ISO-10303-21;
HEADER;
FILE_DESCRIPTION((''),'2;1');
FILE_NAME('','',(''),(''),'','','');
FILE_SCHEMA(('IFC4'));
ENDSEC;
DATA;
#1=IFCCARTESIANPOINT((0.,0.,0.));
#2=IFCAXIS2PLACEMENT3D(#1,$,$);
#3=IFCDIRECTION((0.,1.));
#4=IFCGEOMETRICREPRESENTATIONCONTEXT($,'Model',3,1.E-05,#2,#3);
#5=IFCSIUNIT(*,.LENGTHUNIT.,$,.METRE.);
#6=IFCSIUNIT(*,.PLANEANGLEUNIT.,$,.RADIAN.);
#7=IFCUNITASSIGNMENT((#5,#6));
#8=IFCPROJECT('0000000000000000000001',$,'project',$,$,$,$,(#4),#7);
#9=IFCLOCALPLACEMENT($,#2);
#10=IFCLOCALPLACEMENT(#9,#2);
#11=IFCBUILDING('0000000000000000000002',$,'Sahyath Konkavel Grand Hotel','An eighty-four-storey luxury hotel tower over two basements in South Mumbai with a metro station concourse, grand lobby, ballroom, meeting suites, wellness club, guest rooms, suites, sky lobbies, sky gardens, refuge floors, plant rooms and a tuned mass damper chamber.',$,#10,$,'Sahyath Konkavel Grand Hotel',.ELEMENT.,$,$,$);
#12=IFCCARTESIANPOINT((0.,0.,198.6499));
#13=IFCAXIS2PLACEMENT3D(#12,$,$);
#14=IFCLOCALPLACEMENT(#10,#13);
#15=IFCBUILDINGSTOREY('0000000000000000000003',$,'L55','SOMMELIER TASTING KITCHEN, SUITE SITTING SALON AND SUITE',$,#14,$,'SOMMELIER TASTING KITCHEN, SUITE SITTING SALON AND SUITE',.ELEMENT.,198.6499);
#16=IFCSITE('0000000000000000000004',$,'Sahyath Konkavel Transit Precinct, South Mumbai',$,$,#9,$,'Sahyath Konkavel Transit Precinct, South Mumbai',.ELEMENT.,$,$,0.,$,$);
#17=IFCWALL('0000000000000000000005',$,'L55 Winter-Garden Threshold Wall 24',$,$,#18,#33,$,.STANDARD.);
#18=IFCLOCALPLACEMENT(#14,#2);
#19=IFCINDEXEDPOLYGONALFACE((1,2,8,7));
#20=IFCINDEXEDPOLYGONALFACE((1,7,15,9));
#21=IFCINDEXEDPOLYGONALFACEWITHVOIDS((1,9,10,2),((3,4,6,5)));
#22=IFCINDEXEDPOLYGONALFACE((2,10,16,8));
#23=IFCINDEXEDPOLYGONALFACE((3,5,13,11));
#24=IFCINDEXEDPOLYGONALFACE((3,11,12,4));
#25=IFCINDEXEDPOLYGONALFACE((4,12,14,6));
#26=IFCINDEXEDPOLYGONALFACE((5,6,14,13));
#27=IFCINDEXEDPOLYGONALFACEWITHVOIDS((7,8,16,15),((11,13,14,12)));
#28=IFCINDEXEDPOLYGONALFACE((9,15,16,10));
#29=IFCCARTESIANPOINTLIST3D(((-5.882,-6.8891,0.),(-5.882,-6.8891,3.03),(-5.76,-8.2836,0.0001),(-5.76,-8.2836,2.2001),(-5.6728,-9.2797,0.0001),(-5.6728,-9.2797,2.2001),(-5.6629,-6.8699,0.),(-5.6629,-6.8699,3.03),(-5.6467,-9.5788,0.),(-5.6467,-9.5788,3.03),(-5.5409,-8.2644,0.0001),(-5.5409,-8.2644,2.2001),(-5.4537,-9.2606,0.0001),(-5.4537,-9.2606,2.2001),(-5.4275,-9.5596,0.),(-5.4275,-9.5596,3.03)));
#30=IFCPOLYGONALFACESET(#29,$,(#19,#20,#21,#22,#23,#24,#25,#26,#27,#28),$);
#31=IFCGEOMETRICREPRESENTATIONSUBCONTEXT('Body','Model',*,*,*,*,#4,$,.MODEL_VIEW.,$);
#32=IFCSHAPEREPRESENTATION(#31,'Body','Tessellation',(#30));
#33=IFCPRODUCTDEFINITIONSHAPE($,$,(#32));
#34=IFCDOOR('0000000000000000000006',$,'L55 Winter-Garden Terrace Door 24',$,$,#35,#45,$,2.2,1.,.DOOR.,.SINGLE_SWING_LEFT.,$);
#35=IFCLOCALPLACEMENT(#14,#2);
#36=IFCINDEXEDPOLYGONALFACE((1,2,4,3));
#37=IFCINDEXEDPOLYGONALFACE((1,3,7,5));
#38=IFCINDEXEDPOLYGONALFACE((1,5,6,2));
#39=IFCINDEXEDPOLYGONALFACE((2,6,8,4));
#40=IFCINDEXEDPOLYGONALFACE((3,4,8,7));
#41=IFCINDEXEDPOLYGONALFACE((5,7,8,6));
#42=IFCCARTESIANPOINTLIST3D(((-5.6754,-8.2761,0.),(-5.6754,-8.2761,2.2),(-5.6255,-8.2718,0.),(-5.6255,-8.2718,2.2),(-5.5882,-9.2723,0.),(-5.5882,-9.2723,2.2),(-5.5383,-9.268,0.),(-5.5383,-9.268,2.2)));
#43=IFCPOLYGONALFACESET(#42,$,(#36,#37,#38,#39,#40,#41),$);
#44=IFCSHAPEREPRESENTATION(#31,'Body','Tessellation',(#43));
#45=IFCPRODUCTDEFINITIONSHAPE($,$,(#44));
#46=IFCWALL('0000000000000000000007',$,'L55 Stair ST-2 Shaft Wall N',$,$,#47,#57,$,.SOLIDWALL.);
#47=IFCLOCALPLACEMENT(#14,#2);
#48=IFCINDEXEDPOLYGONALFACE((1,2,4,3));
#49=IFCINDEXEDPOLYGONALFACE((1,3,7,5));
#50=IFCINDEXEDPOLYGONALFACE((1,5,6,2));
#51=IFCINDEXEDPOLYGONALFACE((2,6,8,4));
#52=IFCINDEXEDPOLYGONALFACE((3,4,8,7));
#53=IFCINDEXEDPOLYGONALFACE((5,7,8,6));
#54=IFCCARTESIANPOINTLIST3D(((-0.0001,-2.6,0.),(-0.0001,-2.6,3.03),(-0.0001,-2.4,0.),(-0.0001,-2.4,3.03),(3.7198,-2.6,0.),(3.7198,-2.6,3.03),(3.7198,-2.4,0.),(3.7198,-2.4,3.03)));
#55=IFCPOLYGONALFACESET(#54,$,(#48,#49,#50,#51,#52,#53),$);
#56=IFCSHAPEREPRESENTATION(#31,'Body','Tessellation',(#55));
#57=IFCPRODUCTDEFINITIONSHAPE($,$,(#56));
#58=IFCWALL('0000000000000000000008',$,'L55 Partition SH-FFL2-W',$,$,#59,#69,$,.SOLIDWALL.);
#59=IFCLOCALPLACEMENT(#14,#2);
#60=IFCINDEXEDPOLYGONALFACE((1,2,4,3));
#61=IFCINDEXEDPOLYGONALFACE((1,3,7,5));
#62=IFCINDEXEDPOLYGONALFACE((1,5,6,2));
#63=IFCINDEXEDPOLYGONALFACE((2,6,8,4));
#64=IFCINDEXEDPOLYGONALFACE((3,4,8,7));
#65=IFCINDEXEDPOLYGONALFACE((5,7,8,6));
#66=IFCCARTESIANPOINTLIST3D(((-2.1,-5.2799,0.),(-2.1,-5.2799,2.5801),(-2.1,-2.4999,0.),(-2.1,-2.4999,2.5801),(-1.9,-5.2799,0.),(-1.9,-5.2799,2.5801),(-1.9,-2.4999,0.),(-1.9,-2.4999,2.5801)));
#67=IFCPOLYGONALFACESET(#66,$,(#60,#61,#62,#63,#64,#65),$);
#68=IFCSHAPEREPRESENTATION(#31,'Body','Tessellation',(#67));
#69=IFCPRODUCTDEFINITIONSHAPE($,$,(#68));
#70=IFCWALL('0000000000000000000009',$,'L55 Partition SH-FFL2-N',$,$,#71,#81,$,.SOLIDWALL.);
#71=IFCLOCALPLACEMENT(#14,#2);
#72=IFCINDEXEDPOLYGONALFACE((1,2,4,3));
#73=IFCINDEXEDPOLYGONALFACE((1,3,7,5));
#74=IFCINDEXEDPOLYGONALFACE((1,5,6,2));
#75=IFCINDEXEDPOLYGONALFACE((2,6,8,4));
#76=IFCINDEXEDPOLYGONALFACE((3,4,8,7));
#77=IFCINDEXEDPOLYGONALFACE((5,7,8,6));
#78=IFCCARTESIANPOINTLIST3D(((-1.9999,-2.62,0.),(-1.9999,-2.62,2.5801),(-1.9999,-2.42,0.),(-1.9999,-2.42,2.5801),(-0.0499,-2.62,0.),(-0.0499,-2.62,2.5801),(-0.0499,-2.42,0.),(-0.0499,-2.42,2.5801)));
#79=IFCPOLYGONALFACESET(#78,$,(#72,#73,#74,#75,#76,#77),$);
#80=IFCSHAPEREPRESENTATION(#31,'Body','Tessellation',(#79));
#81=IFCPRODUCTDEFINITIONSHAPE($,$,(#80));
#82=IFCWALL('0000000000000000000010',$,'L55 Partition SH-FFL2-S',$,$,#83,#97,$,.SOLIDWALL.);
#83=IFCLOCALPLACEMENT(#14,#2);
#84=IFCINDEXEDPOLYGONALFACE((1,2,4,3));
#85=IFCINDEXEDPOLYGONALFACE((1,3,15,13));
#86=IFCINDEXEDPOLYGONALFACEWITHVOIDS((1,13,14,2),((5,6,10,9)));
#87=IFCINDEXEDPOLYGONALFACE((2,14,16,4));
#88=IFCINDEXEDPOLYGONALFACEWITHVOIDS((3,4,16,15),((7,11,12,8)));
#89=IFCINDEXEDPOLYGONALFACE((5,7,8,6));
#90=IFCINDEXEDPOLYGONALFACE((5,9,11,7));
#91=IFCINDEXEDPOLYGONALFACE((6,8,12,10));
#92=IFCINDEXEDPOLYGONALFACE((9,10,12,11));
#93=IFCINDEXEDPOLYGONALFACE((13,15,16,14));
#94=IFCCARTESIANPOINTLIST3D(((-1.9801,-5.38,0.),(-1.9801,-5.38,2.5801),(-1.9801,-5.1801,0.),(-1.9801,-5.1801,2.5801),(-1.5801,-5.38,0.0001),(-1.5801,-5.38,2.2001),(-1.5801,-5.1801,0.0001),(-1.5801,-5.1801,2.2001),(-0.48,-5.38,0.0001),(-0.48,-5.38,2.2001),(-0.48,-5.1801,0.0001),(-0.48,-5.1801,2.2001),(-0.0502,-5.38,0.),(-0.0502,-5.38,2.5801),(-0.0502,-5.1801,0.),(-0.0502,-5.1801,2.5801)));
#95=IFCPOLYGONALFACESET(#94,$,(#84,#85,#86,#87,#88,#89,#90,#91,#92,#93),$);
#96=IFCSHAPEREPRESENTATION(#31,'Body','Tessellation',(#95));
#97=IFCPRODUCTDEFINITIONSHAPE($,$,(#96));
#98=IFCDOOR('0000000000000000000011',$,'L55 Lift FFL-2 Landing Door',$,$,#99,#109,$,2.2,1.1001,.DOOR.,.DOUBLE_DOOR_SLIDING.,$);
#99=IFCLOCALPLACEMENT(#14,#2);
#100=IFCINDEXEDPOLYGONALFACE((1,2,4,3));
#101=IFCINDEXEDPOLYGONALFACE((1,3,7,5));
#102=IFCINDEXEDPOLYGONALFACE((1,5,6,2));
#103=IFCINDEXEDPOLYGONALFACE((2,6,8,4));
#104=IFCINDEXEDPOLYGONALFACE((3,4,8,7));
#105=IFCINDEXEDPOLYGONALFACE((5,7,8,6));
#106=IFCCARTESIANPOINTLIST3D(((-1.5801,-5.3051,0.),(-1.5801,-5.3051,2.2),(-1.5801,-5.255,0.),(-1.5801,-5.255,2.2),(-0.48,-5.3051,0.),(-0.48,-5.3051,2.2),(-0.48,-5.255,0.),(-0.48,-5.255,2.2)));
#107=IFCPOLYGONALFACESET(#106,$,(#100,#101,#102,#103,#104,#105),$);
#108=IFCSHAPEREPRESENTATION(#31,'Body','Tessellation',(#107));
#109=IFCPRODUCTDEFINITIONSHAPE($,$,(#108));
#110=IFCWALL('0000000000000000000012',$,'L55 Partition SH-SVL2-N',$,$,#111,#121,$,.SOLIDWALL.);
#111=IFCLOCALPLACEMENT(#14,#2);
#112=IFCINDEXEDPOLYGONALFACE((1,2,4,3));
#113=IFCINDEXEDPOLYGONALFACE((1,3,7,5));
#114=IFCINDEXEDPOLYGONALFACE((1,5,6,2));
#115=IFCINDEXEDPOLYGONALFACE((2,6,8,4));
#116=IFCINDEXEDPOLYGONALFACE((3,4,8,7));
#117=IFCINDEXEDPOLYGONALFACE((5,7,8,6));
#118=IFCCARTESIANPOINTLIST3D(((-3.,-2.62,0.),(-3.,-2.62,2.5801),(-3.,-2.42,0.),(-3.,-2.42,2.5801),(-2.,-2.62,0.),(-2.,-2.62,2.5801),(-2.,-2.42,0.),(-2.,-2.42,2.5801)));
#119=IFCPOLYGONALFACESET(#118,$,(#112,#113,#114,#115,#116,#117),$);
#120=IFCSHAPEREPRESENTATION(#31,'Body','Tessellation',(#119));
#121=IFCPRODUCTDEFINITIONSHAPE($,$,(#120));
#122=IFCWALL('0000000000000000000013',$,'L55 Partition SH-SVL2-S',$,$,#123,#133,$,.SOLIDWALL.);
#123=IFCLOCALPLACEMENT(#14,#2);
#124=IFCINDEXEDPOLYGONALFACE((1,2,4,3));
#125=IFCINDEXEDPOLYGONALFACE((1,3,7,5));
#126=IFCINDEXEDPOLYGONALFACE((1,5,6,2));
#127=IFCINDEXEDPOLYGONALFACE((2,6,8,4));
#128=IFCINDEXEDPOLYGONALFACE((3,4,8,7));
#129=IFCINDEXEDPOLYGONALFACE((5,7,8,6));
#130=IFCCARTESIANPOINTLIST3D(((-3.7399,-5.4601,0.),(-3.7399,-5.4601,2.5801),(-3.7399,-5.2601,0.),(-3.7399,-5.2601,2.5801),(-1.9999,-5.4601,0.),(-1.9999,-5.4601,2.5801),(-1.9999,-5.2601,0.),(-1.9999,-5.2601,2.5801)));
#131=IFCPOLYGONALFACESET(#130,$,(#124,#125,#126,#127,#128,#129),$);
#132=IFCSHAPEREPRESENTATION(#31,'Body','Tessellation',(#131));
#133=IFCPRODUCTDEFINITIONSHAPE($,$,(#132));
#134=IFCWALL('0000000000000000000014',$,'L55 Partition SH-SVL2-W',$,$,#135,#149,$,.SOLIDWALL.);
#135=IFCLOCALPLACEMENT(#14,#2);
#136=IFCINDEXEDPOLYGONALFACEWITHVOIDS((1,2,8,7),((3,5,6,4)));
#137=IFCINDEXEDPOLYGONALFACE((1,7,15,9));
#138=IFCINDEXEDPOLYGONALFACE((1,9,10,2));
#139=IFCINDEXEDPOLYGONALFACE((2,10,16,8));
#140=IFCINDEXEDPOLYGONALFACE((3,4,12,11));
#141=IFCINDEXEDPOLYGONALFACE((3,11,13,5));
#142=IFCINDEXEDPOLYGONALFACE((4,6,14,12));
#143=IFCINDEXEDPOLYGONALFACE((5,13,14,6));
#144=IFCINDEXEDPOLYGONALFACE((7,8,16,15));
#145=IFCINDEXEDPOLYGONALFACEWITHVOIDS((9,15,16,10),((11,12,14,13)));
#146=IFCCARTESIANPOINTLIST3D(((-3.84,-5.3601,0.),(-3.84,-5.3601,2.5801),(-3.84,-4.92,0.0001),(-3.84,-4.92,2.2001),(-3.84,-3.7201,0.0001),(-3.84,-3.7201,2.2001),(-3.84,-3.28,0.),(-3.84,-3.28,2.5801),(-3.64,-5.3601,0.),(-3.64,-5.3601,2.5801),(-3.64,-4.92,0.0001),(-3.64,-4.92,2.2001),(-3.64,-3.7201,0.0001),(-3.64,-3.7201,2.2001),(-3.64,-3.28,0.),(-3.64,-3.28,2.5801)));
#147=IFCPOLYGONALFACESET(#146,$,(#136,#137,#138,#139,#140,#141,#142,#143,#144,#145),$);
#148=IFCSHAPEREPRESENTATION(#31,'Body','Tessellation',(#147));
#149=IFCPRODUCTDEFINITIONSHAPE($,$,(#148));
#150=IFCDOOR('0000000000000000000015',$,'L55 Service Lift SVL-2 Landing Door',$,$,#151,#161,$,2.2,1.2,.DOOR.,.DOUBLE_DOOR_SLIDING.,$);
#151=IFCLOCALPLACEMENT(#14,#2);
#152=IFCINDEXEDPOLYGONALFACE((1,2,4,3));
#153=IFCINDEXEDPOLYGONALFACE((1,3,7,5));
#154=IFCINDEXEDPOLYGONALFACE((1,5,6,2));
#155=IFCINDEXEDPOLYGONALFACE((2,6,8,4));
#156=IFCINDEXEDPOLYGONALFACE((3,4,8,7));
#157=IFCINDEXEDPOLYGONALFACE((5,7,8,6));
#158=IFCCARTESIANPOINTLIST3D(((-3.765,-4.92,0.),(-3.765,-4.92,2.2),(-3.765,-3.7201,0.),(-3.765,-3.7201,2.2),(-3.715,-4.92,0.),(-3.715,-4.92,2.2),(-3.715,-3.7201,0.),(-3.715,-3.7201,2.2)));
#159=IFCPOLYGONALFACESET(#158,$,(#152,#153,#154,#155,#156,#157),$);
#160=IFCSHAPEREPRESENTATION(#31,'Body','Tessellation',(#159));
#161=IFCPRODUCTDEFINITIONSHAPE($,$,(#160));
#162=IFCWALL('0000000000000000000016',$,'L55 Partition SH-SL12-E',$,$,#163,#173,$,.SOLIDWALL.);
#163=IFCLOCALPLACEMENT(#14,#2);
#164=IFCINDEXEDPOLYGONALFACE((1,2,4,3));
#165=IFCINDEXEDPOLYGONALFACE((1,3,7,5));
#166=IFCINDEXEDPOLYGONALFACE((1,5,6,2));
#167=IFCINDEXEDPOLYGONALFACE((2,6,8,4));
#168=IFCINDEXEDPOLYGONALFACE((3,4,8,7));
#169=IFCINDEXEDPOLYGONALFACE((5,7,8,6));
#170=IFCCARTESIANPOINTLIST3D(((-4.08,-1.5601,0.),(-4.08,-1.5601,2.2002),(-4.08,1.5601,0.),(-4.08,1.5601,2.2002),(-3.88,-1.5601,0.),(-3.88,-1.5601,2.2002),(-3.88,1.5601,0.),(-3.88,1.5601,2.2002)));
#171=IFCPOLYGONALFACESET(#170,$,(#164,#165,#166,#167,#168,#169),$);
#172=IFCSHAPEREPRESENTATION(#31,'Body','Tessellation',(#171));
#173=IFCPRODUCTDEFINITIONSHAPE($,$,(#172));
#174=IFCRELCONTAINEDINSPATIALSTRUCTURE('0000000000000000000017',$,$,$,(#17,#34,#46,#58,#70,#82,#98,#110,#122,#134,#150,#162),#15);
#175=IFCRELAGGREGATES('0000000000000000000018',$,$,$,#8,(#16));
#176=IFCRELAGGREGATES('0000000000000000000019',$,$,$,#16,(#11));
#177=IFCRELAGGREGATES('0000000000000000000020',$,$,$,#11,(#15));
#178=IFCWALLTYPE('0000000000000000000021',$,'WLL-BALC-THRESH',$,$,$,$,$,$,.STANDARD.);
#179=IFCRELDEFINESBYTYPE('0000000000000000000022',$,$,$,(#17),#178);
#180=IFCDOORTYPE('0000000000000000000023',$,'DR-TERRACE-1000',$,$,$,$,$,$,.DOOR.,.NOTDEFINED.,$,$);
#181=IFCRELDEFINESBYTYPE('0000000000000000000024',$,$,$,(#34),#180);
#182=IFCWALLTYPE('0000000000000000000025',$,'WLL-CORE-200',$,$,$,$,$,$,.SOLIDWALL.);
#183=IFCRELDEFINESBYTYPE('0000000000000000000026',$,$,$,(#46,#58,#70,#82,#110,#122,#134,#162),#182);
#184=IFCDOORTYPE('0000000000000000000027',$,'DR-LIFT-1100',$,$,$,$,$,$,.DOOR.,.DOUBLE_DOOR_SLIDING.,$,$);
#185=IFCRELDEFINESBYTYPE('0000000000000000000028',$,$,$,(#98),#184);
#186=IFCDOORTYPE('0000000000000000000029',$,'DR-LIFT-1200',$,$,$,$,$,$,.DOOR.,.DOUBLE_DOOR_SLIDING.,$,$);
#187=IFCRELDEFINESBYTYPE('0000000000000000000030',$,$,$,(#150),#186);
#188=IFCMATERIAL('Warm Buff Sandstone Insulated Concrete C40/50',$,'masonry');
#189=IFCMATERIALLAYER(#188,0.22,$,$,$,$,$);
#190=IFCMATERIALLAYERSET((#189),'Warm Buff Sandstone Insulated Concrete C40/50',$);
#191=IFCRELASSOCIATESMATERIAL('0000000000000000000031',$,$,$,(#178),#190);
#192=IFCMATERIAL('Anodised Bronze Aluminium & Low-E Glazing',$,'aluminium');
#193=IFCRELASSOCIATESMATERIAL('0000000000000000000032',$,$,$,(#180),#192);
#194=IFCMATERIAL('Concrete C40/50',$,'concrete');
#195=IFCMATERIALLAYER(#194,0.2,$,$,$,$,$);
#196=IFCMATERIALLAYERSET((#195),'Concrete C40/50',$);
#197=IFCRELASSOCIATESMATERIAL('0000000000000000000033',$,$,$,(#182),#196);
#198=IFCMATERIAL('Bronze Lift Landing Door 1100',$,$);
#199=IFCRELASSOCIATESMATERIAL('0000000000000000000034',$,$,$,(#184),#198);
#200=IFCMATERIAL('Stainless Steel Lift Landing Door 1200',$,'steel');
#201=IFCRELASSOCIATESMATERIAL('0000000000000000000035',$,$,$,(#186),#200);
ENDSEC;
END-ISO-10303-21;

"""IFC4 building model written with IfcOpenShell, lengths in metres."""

from ifc_helpers import new_model, si_unit, direction, frame, frame_2d, origin, origin_2d, place, context, subcontext, project, spatial, rectangle, extrude, source, transform, mapped, material, layer, layer_set, type_object, element, fill, save


model = new_model("IFC4")

# Units and contexts
model_context = context("Model", 3, precision=1e-05, world=origin(), true_north=direction((0.0, 1.0)))
body_context = subcontext(model_context, "Body", "Model", "MODEL_VIEW")
ifc_project = project(units=[si_unit("LENGTHUNIT", "METRE"), si_unit("PLANEANGLEUNIT", "RADIAN")], contexts=[model_context])

# Site, building, storey
site_placement = place(None, origin())
site = spatial("IfcSite", under=ifc_project, at=site_placement, Name="Sahyath Konkavel Transit Precinct, South Mumbai", LongName="Sahyath Konkavel Transit Precinct, South Mumbai", CompositionType="ELEMENT", RefElevation=0.0)
building_placement = place(site_placement, origin())
building = spatial("IfcBuilding", under=site, at=building_placement, Name="Sahyath Konkavel Grand Hotel", Description="An eighty-four-storey luxury hotel tower over two basements in South Mumbai with a metro station concourse, grand lobby, ballroom, meeting suites, wellness club, guest rooms, suites, sky lobbies, sky gardens, refuge floors, plant rooms and a tuned mass damper chamber.", LongName="Sahyath Konkavel Grand Hotel", CompositionType="ELEMENT")
storey_placement = place(building_placement, frame((0.0, 0.0, 198.6499)))
storey = spatial("IfcBuildingStorey", under=building, at=storey_placement, Name="L55", Description="SOMMELIER TASTING KITCHEN, SUITE SITTING SALON AND SUITE", LongName="SOMMELIER TASTING KITCHEN, SUITE SITTING SALON AND SUITE", CompositionType="ELEMENT", Elevation=198.6499)

# Shared definitions
ifc_material_1 = material(Name="Concrete C40/50", Category="concrete")

# Wall, opening, door
ifc_material_2 = material(Name="Warm Buff Sandstone Insulated Concrete C40/50", Category="masonry")
ifc_layer_1 = layer(ifc_material_2, 0.22)
ifc_layer_set_1 = layer_set([ifc_layer_1], Name="Warm Buff Sandstone Insulated Concrete C40/50")
wall_type_1 = type_object("IfcWallType", Name="WLL-BALC-THRESH", PredefinedType="STANDARD", material=ifc_layer_set_1)
wall_1_placement = place(storey_placement, frame((-5.7725, -6.8794, 0.0), z_axis=(0.0, 0.0, 1.0), x_axis=(0.087168, -0.996194, 0.0)))
wall_1 = element("IfcWall", 1, at=wall_1_placement, inside=storey, type_object=wall_type_1, Name="L55 Winter-Garden Threshold Wall 24", PredefinedType="STANDARD", context=body_context, shape_type="SweptSolid", body=[
    extrude(rectangle(XDim=2.7, YDim=0.22, at=frame_2d((1.3501, 0.0))), origin(), (0.0, 0.0, 1.0), 3.03),
])
opening_1_placement = place(wall_1_placement, frame((1.3999, 0.0, 0.0)))
opening_1 = element("IfcOpeningElement", 2, at=opening_1_placement, cuts=wall_1, PredefinedType="OPENING", context=body_context, shape_type="SweptSolid", body=[
    extrude(rectangle(XDim=1.0, YDim=2.2, at=frame_2d((0.5, 1.1001))), frame((0.0, 0.1201, 0.0), z_axis=(0.0, -1.0, 0.0), x_axis=(1.0, 0.0, 0.0)), (0.0, 0.0, 1.0), 0.24),
])
ifc_material_3 = material(Name="Anodised Bronze Aluminium & Low-E Glazing", Category="aluminium")
door_type_1 = type_object("IfcDoorType", Name="DR-TERRACE-1000", OperationType="NOTDEFINED", PredefinedType="DOOR", material=ifc_material_3)
shared_shape_1 = source(origin(), body_context, "Body", "SweptSolid", [
    extrude(rectangle(XDim=1.0, YDim=0.05, at=origin_2d()), origin(), (0.0, 0.0, 1.0), 2.2),
])
door_1_placement = place(opening_1_placement, frame((0.5, 0.0, 0.0)))
door_1 = element("IfcDoor", 3, at=door_1_placement, inside=storey, type_object=door_type_1, Name="L55 Winter-Garden Terrace Door 24", OperationType="SINGLE_SWING_LEFT", OverallHeight=2.2, OverallWidth=1.0, PredefinedType="DOOR", context=body_context, shape_type="MappedRepresentation", body=[
    mapped(shared_shape_1, transform((0.0, 0.0, 0.0), scale=1.0)),
])
fill(opening_1, door_1)

# Walls
ifc_layer_2 = layer(ifc_material_1, 0.2)
ifc_layer_set_2 = layer_set([ifc_layer_2], Name="Concrete C40/50")
wall_type_2 = type_object("IfcWallType", Name="WLL-CORE-200", PredefinedType="SOLIDWALL", material=ifc_layer_set_2)
wall_2_placement = place(storey_placement, frame((0.0, -2.5, 0.0), z_axis=(0.0, 0.0, 1.0), x_axis=(1.0, 0.0, 0.0)))
element("IfcWall", 4, at=wall_2_placement, inside=storey, type_object=wall_type_2, Name="L55 Stair ST-2 Shaft Wall N", PredefinedType="SOLIDWALL", context=body_context, shape_type="SweptSolid", body=[
    extrude(rectangle(XDim=3.72, YDim=0.2, at=frame_2d((1.8599, 0.0))), origin(), (0.0, 0.0, 1.0), 3.03),
])
wall_3_placement = place(storey_placement, frame((-2.0, -5.28, 0.0), z_axis=(0.0, 0.0, 1.0), x_axis=(0.0, 1.0, 0.0)))
element("IfcWall", 5, at=wall_3_placement, inside=storey, type_object=wall_type_2, Name="L55 Partition SH-FFL2-W", PredefinedType="SOLIDWALL", context=body_context, shape_type="SweptSolid", body=[
    extrude(rectangle(XDim=2.78, YDim=0.2, at=frame_2d((1.3901, 0.0))), origin(), (0.0, 0.0, 1.0), 2.5801),
])
wall_4_placement = place(storey_placement, frame((-2.0, -2.52, 0.0), z_axis=(0.0, 0.0, 1.0), x_axis=(1.0, 0.0, 0.0)))
element("IfcWall", 6, at=wall_4_placement, inside=storey, type_object=wall_type_2, Name="L55 Partition SH-FFL2-N", PredefinedType="SOLIDWALL", context=body_context, shape_type="SweptSolid", body=[
    extrude(rectangle(XDim=1.95, YDim=0.2, at=frame_2d((0.9751, 0.0))), origin(), (0.0, 0.0, 1.0), 2.5801),
])

# Wall, opening, door
wall_5_placement = place(storey_placement, frame((-1.98, -5.28, 0.0), z_axis=(0.0, 0.0, 1.0), x_axis=(1.0, 0.0, 0.0)))
wall_5 = element("IfcWall", 7, at=wall_5_placement, inside=storey, type_object=wall_type_2, Name="L55 Partition SH-FFL2-S", PredefinedType="SOLIDWALL", context=body_context, shape_type="SweptSolid", body=[
    extrude(rectangle(XDim=1.9299, YDim=0.2, at=frame_2d((0.9648, 0.0))), origin(), (0.0, 0.0, 1.0), 2.5801),
])
opening_2_placement = place(wall_5_placement, frame((0.3999, 0.0, 0.0)))
opening_2 = element("IfcOpeningElement", 8, at=opening_2_placement, cuts=wall_5, PredefinedType="OPENING", context=body_context, shape_type="SweptSolid", body=[
    extrude(rectangle(XDim=1.1001, YDim=2.2, at=frame_2d((0.55, 1.1001))), frame((0.0, 0.1099, 0.0), z_axis=(0.0, -1.0, 0.0), x_axis=(1.0, 0.0, 0.0)), (0.0, 0.0, 1.0), 0.22),
])
ifc_material_4 = material(Name="Bronze Lift Landing Door 1100")
door_type_2 = type_object("IfcDoorType", Name="DR-LIFT-1100", OperationType="DOUBLE_DOOR_SLIDING", PredefinedType="DOOR", material=ifc_material_4)
shared_shape_2 = source(origin(), body_context, "Body", "SweptSolid", [
    extrude(rectangle(XDim=1.1001, YDim=0.05, at=origin_2d()), origin(), (0.0, 0.0, 1.0), 2.2),
])
door_2_placement = place(opening_2_placement, frame((0.55, 0.0, 0.0)))
door_2 = element("IfcDoor", 9, at=door_2_placement, inside=storey, type_object=door_type_2, Name="L55 Lift FFL-2 Landing Door", OperationType="DOUBLE_DOOR_SLIDING", OverallHeight=2.2, OverallWidth=1.1001, PredefinedType="DOOR", context=body_context, shape_type="MappedRepresentation", body=[
    mapped(shared_shape_2, transform((0.0, 0.0, 0.0), scale=1.0)),
])
fill(opening_2, door_2)

# Walls
wall_6_placement = place(storey_placement, frame((-3.0, -2.52, 0.0), z_axis=(0.0, 0.0, 1.0), x_axis=(1.0, 0.0, 0.0)))
element("IfcWall", 10, at=wall_6_placement, inside=storey, type_object=wall_type_2, Name="L55 Partition SH-SVL2-N", PredefinedType="SOLIDWALL", context=body_context, shape_type="SweptSolid", body=[
    extrude(rectangle(XDim=1.0, YDim=0.2, at=frame_2d((0.5, 0.0))), origin(), (0.0, 0.0, 1.0), 2.5801),
])
wall_7_placement = place(storey_placement, frame((-3.74, -5.3601, 0.0), z_axis=(0.0, 0.0, 1.0), x_axis=(1.0, 0.0, 0.0)))
element("IfcWall", 11, at=wall_7_placement, inside=storey, type_object=wall_type_2, Name="L55 Partition SH-SVL2-S", PredefinedType="SOLIDWALL", context=body_context, shape_type="SweptSolid", body=[
    extrude(rectangle(XDim=1.74, YDim=0.2, at=frame_2d((0.8701, 0.0))), origin(), (0.0, 0.0, 1.0), 2.5801),
])

# Wall, opening, door
wall_8_placement = place(storey_placement, frame((-3.74, -5.3601, 0.0), z_axis=(0.0, 0.0, 1.0), x_axis=(0.0, 1.0, 0.0)))
wall_8 = element("IfcWall", 12, at=wall_8_placement, inside=storey, type_object=wall_type_2, Name="L55 Partition SH-SVL2-W", PredefinedType="SOLIDWALL", context=body_context, shape_type="SweptSolid", body=[
    extrude(rectangle(XDim=2.0801, YDim=0.2, at=frame_2d((1.04, 0.0))), origin(), (0.0, 0.0, 1.0), 2.5801),
])
opening_3_placement = place(wall_8_placement, frame((0.4399, 0.0, 0.0)))
opening_3 = element("IfcOpeningElement", 13, at=opening_3_placement, cuts=wall_8, PredefinedType="OPENING", context=body_context, shape_type="SweptSolid", body=[
    extrude(rectangle(XDim=1.2, YDim=2.2, at=frame_2d((0.6001, 1.1001))), frame((0.0, 0.1099, 0.0), z_axis=(0.0, -1.0, 0.0), x_axis=(1.0, 0.0, 0.0)), (0.0, 0.0, 1.0), 0.22),
])
ifc_material_5 = material(Name="Stainless Steel Lift Landing Door 1200", Category="steel")
door_type_3 = type_object("IfcDoorType", Name="DR-LIFT-1200", OperationType="DOUBLE_DOOR_SLIDING", PredefinedType="DOOR", material=ifc_material_5)
shared_shape_3 = source(origin(), body_context, "Body", "SweptSolid", [
    extrude(rectangle(XDim=1.2, YDim=0.05, at=origin_2d()), origin(), (0.0, 0.0, 1.0), 2.2),
])
door_3_placement = place(opening_3_placement, frame((0.6001, 0.0, 0.0)))
door_3 = element("IfcDoor", 14, at=door_3_placement, inside=storey, type_object=door_type_3, Name="L55 Service Lift SVL-2 Landing Door", OperationType="DOUBLE_DOOR_SLIDING", OverallHeight=2.2, OverallWidth=1.2, PredefinedType="DOOR", context=body_context, shape_type="MappedRepresentation", body=[
    mapped(shared_shape_3, transform((0.0, 0.0, 0.0), scale=1.0)),
])
fill(opening_3, door_3)

# Wall
wall_9_placement = place(storey_placement, frame((-3.98, -1.5601, 0.0), z_axis=(0.0, 0.0, 1.0), x_axis=(0.0, 1.0, 0.0)))
element("IfcWall", 15, at=wall_9_placement, inside=storey, type_object=wall_type_2, Name="L55 Partition SH-SL12-E", PredefinedType="SOLIDWALL", context=body_context, shape_type="SweptSolid", body=[
    extrude(rectangle(XDim=3.1201, YDim=0.2, at=frame_2d((1.5601, 0.0))), origin(), (0.0, 0.0, 1.0), 2.2002),
])

save(model, "model.ifc")
